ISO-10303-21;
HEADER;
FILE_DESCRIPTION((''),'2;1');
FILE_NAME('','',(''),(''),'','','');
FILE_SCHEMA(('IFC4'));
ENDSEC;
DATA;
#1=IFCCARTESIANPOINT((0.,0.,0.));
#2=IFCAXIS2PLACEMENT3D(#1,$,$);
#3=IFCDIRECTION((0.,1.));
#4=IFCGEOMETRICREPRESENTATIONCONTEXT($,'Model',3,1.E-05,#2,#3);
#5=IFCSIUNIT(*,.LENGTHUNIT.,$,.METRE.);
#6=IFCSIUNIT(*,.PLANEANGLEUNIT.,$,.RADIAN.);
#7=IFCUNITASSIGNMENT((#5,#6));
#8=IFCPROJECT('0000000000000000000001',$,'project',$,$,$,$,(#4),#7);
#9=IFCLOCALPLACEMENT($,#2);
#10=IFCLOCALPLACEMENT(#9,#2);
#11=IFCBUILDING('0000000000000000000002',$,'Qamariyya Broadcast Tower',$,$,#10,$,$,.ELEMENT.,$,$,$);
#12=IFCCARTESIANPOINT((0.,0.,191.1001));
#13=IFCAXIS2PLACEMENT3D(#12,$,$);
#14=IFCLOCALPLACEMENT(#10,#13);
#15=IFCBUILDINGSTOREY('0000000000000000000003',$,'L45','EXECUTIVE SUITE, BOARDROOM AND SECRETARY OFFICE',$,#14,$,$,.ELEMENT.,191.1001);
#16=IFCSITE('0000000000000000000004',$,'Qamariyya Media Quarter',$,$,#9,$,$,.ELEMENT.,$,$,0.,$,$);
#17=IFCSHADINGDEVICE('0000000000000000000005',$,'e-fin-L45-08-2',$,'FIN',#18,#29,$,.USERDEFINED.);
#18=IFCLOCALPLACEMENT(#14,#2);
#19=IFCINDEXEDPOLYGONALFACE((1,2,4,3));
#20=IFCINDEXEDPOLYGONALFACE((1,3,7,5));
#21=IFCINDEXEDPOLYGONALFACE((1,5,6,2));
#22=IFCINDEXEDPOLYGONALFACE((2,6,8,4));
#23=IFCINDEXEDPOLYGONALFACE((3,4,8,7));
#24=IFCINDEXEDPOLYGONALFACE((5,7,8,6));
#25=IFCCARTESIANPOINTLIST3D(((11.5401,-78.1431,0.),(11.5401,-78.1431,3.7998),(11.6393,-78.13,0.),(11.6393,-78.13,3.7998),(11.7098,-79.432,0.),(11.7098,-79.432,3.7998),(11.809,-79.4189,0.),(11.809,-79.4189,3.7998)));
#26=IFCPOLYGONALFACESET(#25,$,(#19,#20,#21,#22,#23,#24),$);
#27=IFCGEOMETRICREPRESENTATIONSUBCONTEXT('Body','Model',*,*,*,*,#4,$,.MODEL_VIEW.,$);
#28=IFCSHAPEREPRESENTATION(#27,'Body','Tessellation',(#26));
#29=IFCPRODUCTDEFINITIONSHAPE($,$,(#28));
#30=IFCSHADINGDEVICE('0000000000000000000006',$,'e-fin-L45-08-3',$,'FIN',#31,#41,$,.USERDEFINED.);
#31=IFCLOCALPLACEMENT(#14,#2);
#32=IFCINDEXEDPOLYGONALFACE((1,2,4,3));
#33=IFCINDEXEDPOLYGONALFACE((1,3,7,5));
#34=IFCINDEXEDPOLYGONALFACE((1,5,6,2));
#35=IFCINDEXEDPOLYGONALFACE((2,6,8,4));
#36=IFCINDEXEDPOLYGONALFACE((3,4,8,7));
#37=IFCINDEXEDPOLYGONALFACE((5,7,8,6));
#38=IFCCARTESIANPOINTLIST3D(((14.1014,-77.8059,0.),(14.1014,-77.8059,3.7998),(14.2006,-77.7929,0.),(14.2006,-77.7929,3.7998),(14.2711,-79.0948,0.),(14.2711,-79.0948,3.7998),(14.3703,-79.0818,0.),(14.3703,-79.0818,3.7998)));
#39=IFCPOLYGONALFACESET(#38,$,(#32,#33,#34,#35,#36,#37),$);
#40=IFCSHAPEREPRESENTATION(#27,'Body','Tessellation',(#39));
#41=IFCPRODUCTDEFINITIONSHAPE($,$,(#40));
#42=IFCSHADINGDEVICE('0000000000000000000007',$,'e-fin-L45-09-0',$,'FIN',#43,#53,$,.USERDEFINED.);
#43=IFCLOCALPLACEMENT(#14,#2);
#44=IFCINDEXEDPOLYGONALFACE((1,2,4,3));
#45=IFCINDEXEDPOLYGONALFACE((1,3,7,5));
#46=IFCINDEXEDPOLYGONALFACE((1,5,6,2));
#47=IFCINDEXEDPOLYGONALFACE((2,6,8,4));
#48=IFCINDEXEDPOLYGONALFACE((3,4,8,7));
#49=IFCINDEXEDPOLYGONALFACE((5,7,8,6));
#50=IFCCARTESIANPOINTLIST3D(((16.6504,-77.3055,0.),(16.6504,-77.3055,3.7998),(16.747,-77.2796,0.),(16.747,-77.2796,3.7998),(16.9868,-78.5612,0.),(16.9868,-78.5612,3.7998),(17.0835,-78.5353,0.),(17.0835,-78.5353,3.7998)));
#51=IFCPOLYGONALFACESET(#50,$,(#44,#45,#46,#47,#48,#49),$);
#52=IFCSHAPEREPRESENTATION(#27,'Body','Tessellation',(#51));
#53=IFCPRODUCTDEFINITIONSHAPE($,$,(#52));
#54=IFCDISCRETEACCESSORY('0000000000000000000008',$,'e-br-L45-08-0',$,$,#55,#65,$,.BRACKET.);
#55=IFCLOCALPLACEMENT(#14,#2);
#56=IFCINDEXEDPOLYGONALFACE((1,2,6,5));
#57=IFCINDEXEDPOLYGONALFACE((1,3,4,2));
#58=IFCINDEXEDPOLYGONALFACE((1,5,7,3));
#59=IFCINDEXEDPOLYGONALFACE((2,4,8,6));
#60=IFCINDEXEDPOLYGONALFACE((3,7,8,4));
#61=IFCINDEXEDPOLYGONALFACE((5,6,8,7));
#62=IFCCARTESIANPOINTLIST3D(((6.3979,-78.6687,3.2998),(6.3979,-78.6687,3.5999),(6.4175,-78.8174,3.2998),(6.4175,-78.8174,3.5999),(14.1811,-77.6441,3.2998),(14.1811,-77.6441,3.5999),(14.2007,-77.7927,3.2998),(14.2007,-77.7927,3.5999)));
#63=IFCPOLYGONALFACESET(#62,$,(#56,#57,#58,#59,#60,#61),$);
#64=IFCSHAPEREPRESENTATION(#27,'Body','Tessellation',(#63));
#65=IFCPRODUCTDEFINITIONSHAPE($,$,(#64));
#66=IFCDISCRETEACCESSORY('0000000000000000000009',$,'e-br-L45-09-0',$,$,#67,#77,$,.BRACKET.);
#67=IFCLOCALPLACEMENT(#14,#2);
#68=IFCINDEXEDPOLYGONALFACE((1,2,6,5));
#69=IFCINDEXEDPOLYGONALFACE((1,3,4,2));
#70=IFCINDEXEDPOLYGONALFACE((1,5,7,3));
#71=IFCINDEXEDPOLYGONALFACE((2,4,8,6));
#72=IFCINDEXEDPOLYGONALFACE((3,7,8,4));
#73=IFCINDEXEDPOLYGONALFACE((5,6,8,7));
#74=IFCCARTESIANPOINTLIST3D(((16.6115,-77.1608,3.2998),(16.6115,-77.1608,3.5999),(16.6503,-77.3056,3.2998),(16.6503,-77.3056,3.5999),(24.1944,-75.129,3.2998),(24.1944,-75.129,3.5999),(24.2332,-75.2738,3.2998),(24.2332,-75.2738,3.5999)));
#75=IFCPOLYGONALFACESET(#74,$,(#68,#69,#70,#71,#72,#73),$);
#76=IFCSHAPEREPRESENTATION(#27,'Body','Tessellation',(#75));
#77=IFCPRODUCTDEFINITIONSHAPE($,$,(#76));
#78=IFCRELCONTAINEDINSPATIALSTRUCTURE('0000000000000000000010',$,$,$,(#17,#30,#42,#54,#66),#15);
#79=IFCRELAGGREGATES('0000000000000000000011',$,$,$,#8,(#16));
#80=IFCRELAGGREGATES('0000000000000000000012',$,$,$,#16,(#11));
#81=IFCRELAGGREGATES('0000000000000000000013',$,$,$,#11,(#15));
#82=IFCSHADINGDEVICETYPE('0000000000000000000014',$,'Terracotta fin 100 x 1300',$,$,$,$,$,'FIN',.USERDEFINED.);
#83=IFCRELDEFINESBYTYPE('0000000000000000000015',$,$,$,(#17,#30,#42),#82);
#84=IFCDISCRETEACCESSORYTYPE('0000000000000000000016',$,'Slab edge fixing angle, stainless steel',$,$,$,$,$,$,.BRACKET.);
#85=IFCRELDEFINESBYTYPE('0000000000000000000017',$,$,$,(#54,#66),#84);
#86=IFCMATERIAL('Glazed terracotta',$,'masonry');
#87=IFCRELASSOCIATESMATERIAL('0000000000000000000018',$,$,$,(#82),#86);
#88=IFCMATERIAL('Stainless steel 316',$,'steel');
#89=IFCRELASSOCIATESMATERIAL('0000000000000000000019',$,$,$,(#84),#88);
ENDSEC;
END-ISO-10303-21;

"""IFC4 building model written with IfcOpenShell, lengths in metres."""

from ifc_helpers import new_model, si_unit, direction, frame, origin, origin_2d, place, context, subcontext, project, spatial, rectangle, extrude, material, material_profile, profile_set, type_object, element, save


model = new_model("IFC4")

# Units and contexts
model_context = context("Model", 3, precision=1e-05, world=origin(), true_north=direction((0.0, 1.0)))
body_context = subcontext(model_context, "Body", "Model", "MODEL_VIEW")
ifc_project = project(units=[si_unit("LENGTHUNIT", "METRE"), si_unit("PLANEANGLEUNIT", "RADIAN")], contexts=[model_context])

# Site, building, storey
site_placement = place(None, origin())
site = spatial("IfcSite", under=ifc_project, at=site_placement, Name="Qamariyya Media Quarter", CompositionType="ELEMENT", RefElevation=0.0)
building_placement = place(site_placement, origin())
building = spatial("IfcBuilding", under=site, at=building_placement, Name="Qamariyya Broadcast Tower", CompositionType="ELEMENT")
storey_placement = place(building_placement, frame((0.0, 0.0, 191.1001)))
storey = spatial("IfcBuildingStorey", under=building, at=storey_placement, Name="L45", Description="EXECUTIVE SUITE, BOARDROOM AND SECRETARY OFFICE", CompositionType="ELEMENT", Elevation=191.1001)

# Shading devices
ifc_material_1 = material(Name="Glazed terracotta", Category="masonry")
ifc_material_profile_1 = material_profile(ifc_material_1, rectangle(XDim=1.3, YDim=0.1001, at=origin_2d()))
ifc_profile_set_1 = profile_set([ifc_material_profile_1], Name="Glazed terracotta")
shading_device_type_1 = type_object("IfcShadingDeviceType", Name="Terracotta fin 100 x 1300", ElementType="FIN", PredefinedType="USERDEFINED", material=ifc_profile_set_1)
for number, where, z_axis, x_axis, name in (
    (1, (11.6746, -78.781, 0.0), (0.0, 0.0, 1.0), (0.130526, -0.991445, 0.0), "e-fin-L45-08-2"),
    (2, (14.2358, -78.4438, 0.0), (0.0, 0.0, 1.0), (0.130526, -0.991445, 0.0), "e-fin-L45-08-3"),
    (3, (16.8669, -77.9204, 0.0), (0.0, 0.0, 1.0), (0.258819, -0.965926, 0.0), "e-fin-L45-09-0"),
):
    element("IfcShadingDevice", number, at=place(storey_placement, frame(where, z_axis=z_axis, x_axis=x_axis)), inside=storey, type_object=shading_device_type_1, Name=name, ObjectType="FIN", PredefinedType="USERDEFINED", context=body_context, shape_type="SweptSolid", body=[
        extrude(rectangle(XDim=1.3, YDim=0.1001, at=origin_2d()), origin(), (0.0, 0.0, 1.0), 3.7998),
    ])

# Discrete accessories
ifc_material_2 = material(Name="Stainless steel 316", Category="steel")
discrete_accessory_type = type_object("IfcDiscreteAccessoryType", Name="Slab edge fixing angle, stainless steel", PredefinedType="BRACKET", material=ifc_material_2)
for number, where, z_axis, x_axis, name in (
    (4, (10.2993, -78.2307, 3.2998), (0.0, 0.0, 1.0), (0.991445, 0.130526, 0.0), "e-br-L45-08-0"),
    (5, (20.4224, -76.2173, 3.2998), (0.0, 0.0, 1.0), (0.965926, 0.258819, 0.0), "e-br-L45-09-0"),
):
    element("IfcDiscreteAccessory", number, at=place(storey_placement, frame(where, z_axis=z_axis, x_axis=x_axis)), inside=storey, type_object=discrete_accessory_type, Name=name, PredefinedType="BRACKET", context=body_context, shape_type="SweptSolid", body=[
        extrude(rectangle(XDim=7.8503, YDim=0.1499, at=origin_2d()), origin(), (0.0, 0.0, 1.0), 0.3),
    ])

save(model, "model.ifc")
